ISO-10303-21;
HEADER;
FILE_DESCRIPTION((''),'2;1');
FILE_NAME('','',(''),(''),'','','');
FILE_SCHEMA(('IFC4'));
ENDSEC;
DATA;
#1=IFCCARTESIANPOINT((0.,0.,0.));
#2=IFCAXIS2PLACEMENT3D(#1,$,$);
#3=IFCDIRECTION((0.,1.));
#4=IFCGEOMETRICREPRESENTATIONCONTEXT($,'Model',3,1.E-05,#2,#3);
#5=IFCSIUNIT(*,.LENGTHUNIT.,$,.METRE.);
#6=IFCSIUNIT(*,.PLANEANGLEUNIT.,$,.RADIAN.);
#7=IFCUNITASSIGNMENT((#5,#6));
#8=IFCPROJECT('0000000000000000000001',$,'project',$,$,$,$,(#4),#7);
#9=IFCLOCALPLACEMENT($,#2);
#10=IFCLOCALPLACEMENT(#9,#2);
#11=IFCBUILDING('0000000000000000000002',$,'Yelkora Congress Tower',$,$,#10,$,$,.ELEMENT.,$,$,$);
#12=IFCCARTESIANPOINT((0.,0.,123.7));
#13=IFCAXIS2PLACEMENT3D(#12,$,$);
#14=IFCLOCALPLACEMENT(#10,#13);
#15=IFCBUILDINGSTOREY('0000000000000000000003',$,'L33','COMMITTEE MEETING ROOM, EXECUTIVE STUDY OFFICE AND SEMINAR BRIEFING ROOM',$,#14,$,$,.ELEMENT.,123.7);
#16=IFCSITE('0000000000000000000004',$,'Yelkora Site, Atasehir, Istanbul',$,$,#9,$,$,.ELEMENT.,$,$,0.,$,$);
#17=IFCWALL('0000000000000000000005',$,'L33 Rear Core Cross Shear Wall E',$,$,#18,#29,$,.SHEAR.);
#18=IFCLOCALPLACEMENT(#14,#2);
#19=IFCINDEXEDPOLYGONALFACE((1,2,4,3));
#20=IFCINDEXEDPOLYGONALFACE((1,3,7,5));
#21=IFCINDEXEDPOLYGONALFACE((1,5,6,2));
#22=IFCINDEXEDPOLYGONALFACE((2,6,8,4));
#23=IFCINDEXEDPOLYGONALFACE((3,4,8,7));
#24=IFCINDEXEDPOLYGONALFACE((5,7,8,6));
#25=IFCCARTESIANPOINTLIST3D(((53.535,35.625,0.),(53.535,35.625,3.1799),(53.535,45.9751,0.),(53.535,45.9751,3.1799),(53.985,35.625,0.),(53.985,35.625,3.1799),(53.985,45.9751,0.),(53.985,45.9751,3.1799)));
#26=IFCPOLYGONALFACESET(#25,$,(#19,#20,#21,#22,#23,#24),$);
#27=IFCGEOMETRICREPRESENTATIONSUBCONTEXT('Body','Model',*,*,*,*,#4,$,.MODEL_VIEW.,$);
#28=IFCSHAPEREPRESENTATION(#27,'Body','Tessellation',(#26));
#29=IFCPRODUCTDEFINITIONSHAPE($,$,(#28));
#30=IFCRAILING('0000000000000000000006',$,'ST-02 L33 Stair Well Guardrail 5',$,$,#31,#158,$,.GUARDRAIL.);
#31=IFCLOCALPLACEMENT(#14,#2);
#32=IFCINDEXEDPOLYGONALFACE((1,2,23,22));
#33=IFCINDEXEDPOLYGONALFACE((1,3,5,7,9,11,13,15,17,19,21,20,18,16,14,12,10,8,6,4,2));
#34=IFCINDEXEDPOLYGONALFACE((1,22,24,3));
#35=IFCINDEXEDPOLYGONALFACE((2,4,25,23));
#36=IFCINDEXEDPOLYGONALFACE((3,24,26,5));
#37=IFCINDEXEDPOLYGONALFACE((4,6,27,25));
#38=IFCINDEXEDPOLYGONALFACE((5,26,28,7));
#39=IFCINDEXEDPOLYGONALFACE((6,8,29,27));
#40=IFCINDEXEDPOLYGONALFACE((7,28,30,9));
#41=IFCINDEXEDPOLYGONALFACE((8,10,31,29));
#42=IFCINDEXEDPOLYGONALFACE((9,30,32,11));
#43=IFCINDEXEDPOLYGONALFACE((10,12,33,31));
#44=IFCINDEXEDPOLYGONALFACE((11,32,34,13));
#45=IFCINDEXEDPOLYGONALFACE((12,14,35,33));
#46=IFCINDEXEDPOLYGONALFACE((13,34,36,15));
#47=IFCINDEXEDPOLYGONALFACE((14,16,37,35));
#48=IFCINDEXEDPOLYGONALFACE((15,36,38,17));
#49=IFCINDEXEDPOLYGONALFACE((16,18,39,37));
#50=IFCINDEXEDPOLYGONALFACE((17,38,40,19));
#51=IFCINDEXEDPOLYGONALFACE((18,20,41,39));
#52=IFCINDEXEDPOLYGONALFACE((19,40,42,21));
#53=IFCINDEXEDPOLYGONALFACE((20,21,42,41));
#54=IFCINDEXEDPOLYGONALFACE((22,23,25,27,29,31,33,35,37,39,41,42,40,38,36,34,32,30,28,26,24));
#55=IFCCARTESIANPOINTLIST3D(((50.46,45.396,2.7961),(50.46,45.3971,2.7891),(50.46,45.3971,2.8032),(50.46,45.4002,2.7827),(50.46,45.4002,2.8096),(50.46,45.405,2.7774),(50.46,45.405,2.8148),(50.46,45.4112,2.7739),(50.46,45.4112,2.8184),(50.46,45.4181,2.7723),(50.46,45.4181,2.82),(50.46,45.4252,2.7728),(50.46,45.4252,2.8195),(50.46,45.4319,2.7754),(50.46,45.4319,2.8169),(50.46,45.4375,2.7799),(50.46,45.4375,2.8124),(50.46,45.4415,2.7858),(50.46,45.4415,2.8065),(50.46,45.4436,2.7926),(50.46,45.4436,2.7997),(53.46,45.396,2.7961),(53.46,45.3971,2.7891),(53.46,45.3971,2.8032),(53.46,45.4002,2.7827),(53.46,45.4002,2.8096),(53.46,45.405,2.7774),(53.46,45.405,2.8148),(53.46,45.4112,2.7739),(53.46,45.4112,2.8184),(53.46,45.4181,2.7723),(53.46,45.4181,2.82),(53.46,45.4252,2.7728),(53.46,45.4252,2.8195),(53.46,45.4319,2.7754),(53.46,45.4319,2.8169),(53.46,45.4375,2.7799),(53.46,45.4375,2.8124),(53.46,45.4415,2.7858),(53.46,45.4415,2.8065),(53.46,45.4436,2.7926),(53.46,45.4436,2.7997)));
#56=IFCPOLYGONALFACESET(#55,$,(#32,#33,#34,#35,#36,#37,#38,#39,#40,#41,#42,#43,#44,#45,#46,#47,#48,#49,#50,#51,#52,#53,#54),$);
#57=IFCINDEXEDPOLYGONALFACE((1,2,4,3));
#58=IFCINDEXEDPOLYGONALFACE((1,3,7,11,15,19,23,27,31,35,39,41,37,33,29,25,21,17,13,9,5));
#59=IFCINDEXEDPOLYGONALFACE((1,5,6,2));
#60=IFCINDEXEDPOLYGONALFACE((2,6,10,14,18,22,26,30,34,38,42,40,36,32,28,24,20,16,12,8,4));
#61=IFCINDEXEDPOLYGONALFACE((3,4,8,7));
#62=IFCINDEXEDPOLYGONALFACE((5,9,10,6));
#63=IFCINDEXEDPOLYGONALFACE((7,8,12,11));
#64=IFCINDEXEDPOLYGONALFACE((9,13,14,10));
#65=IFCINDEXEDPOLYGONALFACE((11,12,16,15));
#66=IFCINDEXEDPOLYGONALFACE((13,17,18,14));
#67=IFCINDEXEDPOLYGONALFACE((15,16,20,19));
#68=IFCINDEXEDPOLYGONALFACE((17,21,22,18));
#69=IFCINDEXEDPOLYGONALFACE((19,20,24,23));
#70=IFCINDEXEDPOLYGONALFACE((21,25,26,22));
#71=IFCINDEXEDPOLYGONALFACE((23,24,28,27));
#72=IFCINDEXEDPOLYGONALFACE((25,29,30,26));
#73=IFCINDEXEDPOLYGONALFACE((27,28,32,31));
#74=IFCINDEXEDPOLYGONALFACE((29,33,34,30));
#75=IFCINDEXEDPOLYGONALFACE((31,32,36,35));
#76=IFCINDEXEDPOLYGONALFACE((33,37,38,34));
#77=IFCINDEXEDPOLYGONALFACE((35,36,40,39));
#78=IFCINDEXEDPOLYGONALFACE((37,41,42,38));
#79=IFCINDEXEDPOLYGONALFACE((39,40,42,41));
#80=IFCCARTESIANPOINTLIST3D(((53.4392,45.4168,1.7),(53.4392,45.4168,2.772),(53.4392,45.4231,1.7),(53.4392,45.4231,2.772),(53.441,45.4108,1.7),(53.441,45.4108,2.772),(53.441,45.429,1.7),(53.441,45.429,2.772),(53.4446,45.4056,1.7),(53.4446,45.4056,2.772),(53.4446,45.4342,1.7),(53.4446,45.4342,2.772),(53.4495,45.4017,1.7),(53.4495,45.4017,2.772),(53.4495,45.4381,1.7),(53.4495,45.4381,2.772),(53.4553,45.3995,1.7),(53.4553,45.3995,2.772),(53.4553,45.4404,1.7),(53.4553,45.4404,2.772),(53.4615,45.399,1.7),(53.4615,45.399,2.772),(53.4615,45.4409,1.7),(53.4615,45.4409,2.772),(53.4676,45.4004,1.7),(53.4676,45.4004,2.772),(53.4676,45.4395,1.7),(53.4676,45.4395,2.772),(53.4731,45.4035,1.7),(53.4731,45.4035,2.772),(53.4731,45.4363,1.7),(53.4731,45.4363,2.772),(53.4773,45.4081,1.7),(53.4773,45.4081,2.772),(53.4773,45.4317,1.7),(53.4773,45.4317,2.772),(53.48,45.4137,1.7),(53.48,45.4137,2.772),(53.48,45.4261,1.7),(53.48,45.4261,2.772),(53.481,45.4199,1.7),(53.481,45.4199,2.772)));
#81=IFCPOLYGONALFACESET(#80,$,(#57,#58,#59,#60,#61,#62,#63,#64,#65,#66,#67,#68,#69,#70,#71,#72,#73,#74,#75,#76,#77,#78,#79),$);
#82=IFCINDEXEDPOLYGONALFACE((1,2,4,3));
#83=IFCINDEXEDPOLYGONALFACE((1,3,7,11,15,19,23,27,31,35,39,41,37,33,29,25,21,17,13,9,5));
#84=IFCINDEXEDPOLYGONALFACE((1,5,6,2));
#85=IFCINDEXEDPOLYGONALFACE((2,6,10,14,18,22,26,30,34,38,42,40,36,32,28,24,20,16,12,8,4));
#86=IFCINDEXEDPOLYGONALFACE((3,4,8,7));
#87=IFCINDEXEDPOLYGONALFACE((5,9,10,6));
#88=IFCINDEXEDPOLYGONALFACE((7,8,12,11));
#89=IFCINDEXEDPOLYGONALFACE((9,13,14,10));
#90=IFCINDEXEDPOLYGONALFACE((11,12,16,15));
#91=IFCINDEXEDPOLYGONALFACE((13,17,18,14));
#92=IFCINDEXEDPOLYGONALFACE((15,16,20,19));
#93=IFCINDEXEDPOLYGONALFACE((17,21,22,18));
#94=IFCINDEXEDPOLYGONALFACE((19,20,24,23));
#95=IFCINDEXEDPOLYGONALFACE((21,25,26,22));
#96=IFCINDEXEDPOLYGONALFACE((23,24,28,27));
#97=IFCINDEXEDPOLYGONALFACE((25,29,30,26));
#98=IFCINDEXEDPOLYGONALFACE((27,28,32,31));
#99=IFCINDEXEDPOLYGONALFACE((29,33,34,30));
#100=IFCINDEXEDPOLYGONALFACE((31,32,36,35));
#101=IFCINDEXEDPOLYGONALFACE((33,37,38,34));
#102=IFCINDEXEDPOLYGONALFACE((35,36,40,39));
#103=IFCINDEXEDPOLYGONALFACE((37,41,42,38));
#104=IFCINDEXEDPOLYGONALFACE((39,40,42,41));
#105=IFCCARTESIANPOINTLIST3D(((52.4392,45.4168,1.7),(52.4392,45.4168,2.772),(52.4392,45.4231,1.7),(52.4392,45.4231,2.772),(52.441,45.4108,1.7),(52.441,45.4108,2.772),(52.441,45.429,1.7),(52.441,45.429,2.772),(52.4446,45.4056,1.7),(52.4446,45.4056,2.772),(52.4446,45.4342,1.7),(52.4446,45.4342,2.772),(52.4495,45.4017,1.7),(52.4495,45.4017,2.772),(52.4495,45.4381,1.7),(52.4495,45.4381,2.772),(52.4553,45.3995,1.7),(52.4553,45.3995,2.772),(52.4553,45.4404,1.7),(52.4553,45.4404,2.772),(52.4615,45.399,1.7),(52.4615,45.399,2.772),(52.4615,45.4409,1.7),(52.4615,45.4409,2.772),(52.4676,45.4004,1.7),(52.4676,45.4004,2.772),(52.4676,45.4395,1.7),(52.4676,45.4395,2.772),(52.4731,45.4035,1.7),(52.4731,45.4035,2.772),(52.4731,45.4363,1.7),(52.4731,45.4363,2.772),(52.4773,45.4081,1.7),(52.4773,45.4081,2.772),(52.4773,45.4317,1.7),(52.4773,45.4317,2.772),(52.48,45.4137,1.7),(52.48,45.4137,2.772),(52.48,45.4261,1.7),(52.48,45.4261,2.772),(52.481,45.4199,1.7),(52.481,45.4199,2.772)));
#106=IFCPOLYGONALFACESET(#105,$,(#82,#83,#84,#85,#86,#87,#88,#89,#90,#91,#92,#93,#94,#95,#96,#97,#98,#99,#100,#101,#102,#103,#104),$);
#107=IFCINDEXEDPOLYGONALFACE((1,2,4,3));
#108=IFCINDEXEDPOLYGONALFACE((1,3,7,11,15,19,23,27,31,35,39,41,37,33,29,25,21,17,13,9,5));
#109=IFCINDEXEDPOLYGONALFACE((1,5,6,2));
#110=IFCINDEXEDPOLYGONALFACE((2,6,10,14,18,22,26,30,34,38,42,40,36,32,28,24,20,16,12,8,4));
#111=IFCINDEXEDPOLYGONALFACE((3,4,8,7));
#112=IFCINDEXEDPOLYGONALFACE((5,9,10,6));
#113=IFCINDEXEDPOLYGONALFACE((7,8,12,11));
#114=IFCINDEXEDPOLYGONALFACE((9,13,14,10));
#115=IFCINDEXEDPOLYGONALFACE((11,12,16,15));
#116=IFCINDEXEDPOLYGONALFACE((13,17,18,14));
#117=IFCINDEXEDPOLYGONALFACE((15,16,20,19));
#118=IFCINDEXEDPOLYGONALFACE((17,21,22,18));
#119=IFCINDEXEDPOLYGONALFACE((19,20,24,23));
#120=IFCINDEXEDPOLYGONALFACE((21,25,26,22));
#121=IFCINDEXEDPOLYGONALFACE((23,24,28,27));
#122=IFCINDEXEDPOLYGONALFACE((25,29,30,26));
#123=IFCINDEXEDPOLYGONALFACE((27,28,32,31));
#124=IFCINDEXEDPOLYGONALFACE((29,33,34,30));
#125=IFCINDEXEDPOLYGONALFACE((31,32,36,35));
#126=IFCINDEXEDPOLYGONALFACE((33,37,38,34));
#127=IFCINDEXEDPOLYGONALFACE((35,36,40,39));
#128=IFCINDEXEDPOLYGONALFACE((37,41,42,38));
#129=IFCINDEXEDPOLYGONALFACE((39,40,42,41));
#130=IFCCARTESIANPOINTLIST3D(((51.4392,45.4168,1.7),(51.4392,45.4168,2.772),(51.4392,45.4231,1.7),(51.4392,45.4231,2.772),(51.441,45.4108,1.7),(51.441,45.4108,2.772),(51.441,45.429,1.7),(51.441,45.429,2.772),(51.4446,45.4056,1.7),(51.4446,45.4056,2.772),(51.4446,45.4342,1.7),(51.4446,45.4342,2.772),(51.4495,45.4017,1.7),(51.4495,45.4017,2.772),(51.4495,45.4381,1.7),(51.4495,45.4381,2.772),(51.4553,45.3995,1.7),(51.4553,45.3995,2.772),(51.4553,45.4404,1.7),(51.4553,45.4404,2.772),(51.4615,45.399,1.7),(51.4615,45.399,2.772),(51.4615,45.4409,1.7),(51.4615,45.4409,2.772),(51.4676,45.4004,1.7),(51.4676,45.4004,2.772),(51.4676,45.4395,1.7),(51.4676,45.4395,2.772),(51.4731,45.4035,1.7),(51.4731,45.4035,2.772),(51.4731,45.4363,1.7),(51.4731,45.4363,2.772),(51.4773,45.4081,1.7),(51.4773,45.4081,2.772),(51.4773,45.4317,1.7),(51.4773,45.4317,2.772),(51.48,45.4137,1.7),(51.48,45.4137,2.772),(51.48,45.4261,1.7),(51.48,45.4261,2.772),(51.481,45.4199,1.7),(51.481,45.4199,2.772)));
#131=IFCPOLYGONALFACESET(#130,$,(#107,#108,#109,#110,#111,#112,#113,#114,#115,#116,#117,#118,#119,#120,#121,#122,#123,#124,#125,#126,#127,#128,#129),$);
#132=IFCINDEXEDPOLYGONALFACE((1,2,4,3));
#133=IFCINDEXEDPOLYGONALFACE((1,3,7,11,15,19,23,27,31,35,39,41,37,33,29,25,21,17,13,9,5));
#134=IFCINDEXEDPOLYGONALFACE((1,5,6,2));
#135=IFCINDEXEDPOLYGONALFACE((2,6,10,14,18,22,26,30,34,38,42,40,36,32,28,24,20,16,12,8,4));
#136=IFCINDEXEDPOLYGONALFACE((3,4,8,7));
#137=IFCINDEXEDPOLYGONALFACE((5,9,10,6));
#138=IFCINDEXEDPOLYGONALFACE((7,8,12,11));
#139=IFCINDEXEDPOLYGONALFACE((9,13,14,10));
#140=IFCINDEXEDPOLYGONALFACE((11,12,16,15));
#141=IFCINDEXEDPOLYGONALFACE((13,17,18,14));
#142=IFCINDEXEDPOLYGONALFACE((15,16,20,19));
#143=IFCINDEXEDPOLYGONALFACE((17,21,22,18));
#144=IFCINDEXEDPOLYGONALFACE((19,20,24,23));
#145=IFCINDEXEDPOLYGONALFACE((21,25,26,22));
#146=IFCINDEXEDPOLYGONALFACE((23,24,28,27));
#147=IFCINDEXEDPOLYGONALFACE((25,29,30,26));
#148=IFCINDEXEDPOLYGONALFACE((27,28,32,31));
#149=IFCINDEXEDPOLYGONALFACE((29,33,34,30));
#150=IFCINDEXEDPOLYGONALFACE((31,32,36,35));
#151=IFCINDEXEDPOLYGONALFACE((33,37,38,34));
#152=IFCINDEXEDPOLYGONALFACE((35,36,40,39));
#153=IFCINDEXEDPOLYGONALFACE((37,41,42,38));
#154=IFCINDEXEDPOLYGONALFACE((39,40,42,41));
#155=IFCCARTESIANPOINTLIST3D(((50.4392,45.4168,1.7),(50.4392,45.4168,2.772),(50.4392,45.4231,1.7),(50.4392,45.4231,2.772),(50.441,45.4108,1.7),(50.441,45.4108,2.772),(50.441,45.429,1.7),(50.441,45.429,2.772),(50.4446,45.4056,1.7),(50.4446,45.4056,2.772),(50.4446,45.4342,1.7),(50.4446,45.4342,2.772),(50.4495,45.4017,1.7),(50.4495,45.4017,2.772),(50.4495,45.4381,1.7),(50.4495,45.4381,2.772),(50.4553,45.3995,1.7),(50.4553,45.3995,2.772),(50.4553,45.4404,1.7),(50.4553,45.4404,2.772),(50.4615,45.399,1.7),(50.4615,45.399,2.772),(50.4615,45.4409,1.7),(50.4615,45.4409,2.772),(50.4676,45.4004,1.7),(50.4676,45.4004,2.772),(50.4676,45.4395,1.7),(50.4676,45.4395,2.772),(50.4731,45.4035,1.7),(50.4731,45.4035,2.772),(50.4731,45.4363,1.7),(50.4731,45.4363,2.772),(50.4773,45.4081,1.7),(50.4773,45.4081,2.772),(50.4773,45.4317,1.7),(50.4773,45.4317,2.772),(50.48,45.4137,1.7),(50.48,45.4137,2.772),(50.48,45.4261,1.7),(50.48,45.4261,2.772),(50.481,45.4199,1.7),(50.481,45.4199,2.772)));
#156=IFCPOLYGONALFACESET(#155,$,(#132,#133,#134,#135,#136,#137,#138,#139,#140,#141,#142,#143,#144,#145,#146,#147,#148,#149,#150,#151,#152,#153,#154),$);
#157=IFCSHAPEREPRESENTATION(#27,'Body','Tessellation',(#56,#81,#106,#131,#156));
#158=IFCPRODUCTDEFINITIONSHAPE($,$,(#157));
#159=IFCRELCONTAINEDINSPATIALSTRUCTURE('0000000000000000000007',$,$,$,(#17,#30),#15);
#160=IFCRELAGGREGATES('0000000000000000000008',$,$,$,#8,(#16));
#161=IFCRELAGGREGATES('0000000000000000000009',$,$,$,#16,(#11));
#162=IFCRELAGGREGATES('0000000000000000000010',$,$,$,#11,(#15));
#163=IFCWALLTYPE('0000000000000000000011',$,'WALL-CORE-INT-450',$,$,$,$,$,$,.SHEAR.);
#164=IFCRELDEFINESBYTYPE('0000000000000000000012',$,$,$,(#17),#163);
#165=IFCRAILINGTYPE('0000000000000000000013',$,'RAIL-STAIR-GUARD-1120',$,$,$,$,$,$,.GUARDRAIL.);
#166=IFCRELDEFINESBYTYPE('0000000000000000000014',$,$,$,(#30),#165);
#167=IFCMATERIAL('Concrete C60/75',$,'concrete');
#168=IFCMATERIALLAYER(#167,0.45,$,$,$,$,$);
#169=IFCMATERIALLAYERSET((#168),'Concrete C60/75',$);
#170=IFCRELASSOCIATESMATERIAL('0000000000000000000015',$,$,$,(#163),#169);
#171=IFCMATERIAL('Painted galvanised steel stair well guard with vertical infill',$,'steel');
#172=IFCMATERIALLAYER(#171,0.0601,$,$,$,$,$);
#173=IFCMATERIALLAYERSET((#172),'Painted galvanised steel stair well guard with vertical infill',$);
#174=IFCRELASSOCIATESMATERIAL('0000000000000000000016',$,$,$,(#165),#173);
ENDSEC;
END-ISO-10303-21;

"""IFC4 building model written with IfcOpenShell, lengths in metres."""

from ifc_helpers import new_model, si_unit, direction, frame, frame_2d, origin, origin_2d, place, context, subcontext, project, spatial, rectangle, circle, extrude, material, layer, layer_set, type_object, element, save


model = new_model("IFC4")

# Units and contexts
model_context = context("Model", 3, precision=1e-05, world=origin(), true_north=direction((0.0, 1.0)))
body_context = subcontext(model_context, "Body", "Model", "MODEL_VIEW")
ifc_project = project(units=[si_unit("LENGTHUNIT", "METRE"), si_unit("PLANEANGLEUNIT", "RADIAN")], contexts=[model_context])

# Site, building, storey
site_placement = place(None, origin())
site = spatial("IfcSite", under=ifc_project, at=site_placement, Name="Yelkora Site, Atasehir, Istanbul", CompositionType="ELEMENT", RefElevation=0.0)
building_placement = place(site_placement, origin())
building = spatial("IfcBuilding", under=site, at=building_placement, Name="Yelkora Congress Tower", CompositionType="ELEMENT")
storey_placement = place(building_placement, frame((0.0, 0.0, 123.7)))
storey = spatial("IfcBuildingStorey", under=building, at=storey_placement, Name="L33", Description="COMMITTEE MEETING ROOM, EXECUTIVE STUDY OFFICE AND SEMINAR BRIEFING ROOM", CompositionType="ELEMENT", Elevation=123.7)

# Wall
ifc_material_1 = material(Name="Concrete C60/75", Category="concrete")
ifc_layer_1 = layer(ifc_material_1, 0.45)
ifc_layer_set_1 = layer_set([ifc_layer_1], Name="Concrete C60/75")
wall_type = type_object("IfcWallType", Name="WALL-CORE-INT-450", PredefinedType="SHEAR", material=ifc_layer_set_1)
wall_placement = place(storey_placement, frame((53.76, 35.625, 0.0), z_axis=(0.0, 0.0, 1.0), x_axis=(0.0, 1.0, 0.0)))
element("IfcWall", 1, at=wall_placement, inside=storey, type_object=wall_type, Name="L33 Rear Core Cross Shear Wall E", PredefinedType="SHEAR", context=body_context, shape_type="SweptSolid", body=[
    extrude(rectangle(XDim=10.3501, YDim=0.45, at=frame_2d((5.175, 0.0))), origin(), (0.0, 0.0, 1.0), 3.1799),
])

# Railing
ifc_material_2 = material(Name="Painted galvanised steel stair well guard with vertical infill", Category="steel")
ifc_layer_2 = layer(ifc_material_2, 0.0601)
ifc_layer_set_2 = layer_set([ifc_layer_2], Name="Painted galvanised steel stair well guard with vertical infill")
railing_type = type_object("IfcRailingType", Name="RAIL-STAIR-GUARD-1120", PredefinedType="GUARDRAIL", material=ifc_layer_set_2)
railing_1_placement = place(storey_placement, frame((53.46, 45.4199, 1.7)))
element("IfcRailing", 2, at=railing_1_placement, inside=storey, type_object=railing_type, Name="ST-02 L33 Stair Well Guardrail 5", PredefinedType="GUARDRAIL", context=body_context, shape_type="SweptSolid", body=[
    extrude(circle(Radius=0.0239, at=origin_2d()), frame((0.0, 0.0, 1.0962), z_axis=(-1.0, 0.0, 0.0), x_axis=(0.0, -1.0, 0.0)), (0.0, 0.0, 1.0), 3.0),
    extrude(circle(Radius=0.021, at=origin_2d()), origin(), (0.0, 0.0, 1.0), 1.072),
    extrude(circle(Radius=0.021, at=origin_2d()), frame((-1.0, 0.0, 0.0)), (0.0, 0.0, 1.0), 1.072),
    extrude(circle(Radius=0.021, at=origin_2d()), frame((-2.0, 0.0, 0.0)), (0.0, 0.0, 1.0), 1.072),
    extrude(circle(Radius=0.021, at=origin_2d()), frame((-3.0, 0.0, 0.0)), (0.0, 0.0, 1.0), 1.072),
])

save(model, "model.ifc")
